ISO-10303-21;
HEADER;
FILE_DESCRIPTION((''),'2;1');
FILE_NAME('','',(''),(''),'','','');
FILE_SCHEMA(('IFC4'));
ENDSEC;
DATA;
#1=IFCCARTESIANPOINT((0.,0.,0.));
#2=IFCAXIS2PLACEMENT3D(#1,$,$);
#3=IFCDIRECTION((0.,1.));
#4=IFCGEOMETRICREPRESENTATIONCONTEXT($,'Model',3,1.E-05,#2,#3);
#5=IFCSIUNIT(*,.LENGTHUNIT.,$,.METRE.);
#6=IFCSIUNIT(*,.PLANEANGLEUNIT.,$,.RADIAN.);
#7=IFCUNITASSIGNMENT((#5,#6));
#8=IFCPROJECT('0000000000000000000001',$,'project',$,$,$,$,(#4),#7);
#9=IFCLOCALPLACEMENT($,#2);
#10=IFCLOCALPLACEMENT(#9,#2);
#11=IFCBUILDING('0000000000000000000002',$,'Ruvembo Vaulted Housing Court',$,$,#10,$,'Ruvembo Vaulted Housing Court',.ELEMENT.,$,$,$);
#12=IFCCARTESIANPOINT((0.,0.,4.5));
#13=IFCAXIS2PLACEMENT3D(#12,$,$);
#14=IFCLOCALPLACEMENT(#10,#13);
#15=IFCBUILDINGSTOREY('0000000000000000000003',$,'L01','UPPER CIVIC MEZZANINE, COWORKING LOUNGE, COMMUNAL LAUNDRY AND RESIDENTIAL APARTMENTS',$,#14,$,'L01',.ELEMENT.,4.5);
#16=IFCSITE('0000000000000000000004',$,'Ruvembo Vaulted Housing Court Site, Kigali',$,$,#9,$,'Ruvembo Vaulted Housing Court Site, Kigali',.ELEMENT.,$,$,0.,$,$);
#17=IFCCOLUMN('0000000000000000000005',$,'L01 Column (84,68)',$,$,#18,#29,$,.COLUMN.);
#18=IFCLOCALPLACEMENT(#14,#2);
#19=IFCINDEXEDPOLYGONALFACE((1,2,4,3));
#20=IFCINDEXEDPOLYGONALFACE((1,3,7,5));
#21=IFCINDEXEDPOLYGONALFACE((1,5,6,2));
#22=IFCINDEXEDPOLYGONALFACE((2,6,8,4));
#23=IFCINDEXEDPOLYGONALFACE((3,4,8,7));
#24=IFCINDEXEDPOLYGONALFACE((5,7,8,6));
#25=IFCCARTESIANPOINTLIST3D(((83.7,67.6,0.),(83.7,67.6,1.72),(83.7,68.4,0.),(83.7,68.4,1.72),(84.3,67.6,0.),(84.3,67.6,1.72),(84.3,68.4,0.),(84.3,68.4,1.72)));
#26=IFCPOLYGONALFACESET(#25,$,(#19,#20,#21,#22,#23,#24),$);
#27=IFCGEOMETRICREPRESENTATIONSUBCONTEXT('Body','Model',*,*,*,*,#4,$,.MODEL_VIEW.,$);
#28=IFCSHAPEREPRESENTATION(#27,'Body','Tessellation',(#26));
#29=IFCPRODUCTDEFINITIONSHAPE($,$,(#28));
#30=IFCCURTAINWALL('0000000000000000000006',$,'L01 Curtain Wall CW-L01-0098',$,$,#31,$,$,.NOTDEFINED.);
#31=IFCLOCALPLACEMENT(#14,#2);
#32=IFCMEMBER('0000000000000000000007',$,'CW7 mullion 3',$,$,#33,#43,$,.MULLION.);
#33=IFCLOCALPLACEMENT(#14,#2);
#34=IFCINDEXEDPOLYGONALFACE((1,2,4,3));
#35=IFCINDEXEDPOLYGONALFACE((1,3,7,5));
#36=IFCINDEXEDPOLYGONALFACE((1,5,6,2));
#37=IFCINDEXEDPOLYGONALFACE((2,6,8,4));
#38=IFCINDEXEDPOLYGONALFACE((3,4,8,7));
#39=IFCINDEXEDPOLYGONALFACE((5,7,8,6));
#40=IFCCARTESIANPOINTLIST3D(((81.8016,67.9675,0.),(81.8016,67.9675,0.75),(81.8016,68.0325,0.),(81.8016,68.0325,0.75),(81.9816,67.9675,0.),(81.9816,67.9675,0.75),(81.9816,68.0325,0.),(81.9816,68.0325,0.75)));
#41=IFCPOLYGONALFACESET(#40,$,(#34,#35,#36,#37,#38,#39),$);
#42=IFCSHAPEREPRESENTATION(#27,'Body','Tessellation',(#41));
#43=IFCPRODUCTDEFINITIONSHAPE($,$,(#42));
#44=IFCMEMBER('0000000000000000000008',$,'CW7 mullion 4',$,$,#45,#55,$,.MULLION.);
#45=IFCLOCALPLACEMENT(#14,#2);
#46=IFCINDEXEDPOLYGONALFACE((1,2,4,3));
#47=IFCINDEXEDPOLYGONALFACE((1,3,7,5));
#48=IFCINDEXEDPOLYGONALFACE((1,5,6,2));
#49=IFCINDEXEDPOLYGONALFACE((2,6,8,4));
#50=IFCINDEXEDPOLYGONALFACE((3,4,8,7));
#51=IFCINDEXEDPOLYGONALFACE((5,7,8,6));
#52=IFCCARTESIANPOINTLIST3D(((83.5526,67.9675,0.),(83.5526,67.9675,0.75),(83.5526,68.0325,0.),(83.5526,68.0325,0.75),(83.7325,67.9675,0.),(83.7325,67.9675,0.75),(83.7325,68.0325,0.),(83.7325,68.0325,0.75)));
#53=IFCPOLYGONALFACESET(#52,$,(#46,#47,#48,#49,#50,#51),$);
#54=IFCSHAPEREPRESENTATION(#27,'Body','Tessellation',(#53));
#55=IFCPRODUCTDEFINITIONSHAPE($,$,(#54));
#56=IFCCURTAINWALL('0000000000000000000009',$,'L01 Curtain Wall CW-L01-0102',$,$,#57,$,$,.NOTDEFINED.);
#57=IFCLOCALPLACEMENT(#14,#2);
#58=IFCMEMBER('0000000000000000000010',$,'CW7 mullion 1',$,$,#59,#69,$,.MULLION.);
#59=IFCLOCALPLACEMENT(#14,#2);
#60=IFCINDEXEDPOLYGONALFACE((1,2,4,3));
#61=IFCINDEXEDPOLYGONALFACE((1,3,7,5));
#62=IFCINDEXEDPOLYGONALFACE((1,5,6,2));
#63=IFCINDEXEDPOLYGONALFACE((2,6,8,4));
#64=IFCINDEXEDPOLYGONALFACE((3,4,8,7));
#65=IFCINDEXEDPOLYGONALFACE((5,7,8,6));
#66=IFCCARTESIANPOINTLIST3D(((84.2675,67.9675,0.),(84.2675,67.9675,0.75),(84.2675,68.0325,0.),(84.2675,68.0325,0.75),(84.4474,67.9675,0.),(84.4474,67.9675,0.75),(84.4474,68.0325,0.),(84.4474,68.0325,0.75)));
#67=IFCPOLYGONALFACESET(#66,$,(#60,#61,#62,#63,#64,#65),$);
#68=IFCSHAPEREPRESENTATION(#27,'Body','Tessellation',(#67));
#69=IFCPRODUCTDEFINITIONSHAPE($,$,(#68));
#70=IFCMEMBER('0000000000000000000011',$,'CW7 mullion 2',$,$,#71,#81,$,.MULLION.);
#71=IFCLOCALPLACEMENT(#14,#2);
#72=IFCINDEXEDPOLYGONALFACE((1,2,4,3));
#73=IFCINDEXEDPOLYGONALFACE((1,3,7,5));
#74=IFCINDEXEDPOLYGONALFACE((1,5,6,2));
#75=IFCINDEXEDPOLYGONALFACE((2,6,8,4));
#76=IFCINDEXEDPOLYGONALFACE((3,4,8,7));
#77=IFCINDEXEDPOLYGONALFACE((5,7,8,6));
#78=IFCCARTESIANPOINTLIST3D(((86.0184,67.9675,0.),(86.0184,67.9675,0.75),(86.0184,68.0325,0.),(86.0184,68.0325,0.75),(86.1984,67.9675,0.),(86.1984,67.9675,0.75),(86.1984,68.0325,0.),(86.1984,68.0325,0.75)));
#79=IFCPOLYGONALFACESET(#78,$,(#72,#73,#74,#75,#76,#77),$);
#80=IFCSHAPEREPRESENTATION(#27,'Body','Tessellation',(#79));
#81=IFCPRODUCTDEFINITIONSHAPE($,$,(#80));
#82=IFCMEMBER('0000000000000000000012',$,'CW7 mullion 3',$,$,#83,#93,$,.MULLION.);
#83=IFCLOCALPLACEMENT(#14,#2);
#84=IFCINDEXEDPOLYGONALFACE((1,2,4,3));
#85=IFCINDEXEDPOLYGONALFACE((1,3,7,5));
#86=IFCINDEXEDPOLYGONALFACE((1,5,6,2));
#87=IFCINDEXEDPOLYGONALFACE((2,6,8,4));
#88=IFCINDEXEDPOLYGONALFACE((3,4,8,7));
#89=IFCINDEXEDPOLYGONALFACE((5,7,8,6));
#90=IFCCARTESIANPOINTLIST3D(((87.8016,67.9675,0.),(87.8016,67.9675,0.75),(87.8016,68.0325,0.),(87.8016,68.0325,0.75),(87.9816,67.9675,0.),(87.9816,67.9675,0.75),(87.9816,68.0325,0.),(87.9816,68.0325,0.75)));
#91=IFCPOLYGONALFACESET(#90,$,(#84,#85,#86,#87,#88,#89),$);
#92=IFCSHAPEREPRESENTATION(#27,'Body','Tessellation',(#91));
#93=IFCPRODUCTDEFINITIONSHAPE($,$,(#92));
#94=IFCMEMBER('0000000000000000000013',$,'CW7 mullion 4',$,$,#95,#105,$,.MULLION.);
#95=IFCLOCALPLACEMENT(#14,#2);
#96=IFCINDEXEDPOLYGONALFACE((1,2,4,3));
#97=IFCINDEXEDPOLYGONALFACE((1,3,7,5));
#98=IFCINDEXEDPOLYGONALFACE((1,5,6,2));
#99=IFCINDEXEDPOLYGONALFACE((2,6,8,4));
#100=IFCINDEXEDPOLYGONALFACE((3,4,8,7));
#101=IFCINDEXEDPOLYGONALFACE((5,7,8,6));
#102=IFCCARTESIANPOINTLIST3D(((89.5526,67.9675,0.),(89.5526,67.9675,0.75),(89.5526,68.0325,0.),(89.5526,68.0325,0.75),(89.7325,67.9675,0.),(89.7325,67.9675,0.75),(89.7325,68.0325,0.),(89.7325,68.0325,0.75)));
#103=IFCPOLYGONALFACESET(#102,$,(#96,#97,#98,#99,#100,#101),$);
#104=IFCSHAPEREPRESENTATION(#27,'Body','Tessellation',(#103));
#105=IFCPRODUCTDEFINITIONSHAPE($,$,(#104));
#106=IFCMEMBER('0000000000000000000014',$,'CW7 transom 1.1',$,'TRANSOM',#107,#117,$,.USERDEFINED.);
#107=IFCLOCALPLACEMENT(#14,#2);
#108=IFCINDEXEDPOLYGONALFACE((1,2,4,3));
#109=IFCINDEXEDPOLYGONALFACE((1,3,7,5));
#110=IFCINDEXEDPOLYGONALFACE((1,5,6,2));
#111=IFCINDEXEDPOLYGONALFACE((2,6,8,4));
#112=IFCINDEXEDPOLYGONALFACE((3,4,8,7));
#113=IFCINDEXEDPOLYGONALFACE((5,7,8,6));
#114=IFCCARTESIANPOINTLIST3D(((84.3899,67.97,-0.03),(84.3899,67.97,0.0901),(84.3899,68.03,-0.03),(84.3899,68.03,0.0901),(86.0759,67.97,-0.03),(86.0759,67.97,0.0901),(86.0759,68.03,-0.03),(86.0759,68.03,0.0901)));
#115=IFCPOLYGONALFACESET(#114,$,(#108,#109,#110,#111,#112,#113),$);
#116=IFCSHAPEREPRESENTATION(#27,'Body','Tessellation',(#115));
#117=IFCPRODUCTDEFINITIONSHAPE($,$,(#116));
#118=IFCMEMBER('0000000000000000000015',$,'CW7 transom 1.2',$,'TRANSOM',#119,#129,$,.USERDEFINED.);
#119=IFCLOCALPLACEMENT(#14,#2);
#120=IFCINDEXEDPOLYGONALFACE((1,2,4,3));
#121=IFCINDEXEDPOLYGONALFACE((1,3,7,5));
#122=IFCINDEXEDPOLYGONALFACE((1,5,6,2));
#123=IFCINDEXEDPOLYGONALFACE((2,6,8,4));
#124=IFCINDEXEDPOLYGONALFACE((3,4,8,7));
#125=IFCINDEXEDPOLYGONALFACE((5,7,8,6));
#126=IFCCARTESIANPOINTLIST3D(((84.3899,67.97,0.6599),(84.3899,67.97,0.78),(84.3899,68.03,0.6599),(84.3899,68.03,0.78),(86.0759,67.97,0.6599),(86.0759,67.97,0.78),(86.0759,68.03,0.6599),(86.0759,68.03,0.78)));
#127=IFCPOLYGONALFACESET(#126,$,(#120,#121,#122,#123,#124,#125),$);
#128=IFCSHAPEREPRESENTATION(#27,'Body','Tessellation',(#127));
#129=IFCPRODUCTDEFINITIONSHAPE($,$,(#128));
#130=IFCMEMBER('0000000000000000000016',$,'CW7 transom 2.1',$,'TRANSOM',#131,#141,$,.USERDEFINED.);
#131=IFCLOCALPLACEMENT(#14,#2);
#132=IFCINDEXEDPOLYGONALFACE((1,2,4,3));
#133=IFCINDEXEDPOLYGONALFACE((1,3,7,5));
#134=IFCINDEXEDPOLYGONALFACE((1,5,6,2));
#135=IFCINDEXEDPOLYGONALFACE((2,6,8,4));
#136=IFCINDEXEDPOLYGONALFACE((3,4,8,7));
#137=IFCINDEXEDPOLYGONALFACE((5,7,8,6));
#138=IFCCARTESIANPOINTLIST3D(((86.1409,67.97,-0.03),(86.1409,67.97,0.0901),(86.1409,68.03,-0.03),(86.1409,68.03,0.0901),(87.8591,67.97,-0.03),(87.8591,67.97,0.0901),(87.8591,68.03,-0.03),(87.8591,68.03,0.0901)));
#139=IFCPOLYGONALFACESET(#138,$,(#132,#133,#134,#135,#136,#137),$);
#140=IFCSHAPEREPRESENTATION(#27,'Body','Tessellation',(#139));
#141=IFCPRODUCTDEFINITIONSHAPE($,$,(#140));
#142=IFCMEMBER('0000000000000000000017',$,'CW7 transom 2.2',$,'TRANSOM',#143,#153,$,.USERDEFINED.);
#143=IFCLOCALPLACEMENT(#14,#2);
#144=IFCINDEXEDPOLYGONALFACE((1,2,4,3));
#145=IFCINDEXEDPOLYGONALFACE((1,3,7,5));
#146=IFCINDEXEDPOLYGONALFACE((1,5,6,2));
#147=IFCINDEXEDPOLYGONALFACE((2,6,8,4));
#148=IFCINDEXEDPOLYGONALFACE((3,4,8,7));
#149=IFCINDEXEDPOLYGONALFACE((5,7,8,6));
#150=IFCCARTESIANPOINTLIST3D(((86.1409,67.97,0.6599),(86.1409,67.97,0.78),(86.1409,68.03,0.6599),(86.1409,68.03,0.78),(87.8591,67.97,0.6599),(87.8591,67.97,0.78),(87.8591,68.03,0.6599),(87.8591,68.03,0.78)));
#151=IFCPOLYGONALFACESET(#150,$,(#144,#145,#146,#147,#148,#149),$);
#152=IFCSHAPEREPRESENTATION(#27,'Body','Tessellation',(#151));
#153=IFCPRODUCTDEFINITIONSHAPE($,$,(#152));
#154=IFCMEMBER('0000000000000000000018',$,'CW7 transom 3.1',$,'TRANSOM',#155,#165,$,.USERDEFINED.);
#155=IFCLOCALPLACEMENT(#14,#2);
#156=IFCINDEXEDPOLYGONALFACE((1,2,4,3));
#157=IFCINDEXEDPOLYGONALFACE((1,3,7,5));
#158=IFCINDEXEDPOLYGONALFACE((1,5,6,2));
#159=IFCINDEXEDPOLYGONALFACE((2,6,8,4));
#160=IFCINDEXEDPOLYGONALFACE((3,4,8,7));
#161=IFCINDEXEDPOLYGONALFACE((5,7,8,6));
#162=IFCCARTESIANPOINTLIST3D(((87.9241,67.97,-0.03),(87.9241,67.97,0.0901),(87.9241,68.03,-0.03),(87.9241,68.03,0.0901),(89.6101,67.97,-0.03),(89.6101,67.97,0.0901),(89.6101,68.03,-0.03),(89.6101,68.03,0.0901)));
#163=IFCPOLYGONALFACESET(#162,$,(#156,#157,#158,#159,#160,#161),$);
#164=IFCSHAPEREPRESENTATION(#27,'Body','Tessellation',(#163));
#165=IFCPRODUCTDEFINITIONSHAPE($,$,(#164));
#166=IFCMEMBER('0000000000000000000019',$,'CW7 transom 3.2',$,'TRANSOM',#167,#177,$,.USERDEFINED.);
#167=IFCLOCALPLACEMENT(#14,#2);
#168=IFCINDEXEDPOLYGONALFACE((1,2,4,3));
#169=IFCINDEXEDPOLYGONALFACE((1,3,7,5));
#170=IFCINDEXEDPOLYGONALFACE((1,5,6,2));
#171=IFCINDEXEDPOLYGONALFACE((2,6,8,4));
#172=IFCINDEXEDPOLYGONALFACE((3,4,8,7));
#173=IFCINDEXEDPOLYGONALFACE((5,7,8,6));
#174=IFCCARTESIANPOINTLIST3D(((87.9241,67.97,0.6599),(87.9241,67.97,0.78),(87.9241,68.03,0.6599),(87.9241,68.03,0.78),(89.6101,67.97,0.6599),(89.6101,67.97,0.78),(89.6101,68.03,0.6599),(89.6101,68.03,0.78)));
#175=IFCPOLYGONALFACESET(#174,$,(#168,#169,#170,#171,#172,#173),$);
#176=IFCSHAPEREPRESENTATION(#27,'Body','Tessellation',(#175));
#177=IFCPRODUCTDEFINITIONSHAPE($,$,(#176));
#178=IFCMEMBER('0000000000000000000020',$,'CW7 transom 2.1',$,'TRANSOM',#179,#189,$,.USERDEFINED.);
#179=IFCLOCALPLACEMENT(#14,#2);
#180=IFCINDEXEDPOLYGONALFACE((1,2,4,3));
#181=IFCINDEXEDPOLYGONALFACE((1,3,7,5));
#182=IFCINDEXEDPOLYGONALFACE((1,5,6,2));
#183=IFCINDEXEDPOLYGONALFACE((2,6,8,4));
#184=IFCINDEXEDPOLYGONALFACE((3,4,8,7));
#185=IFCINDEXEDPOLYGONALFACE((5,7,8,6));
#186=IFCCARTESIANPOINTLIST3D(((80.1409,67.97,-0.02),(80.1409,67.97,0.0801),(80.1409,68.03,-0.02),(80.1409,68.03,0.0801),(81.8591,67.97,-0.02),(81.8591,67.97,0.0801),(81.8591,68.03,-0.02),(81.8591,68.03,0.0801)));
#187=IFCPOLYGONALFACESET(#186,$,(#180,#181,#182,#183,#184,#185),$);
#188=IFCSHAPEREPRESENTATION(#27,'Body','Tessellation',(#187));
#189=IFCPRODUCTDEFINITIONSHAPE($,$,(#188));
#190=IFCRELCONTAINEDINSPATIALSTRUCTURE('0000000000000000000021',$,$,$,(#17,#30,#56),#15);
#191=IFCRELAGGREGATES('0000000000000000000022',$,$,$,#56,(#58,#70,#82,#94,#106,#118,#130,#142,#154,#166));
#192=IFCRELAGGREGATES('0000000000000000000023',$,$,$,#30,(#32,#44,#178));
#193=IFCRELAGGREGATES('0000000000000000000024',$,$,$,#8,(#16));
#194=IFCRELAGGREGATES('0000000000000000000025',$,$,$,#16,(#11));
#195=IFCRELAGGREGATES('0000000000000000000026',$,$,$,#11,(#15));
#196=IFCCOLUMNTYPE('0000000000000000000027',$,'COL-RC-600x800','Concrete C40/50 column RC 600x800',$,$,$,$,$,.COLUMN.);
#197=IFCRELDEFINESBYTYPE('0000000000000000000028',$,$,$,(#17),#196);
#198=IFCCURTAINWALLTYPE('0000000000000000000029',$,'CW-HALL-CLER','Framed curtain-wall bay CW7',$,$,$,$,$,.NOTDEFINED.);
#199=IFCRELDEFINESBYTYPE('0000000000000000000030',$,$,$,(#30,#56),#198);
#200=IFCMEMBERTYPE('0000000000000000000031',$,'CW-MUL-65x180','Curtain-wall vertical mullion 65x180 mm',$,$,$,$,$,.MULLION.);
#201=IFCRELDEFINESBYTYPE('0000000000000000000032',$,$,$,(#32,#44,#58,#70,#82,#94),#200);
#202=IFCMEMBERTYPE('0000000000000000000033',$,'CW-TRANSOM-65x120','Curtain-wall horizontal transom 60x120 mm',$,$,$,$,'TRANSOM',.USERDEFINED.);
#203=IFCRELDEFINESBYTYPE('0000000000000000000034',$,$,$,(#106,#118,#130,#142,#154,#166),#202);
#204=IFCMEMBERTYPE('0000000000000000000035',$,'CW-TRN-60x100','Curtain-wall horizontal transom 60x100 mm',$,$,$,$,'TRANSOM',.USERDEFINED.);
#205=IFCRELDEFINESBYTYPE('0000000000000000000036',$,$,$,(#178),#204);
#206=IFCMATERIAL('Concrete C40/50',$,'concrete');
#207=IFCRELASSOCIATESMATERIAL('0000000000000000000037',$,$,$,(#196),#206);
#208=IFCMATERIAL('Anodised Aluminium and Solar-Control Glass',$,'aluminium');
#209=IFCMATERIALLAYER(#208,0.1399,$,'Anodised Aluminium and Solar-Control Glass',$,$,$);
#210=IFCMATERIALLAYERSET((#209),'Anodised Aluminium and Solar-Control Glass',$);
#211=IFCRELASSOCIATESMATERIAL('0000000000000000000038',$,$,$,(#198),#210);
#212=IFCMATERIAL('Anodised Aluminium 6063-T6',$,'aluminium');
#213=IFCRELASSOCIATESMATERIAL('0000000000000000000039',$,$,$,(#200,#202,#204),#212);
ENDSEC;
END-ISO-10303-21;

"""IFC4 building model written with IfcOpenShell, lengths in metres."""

from ifc_helpers import new_model, si_unit, direction, frame, origin, origin_2d, place, context, subcontext, project, spatial, rectangle, extrude, material, layer, layer_set, material_profile, profile_set, type_object, element, aggregate, save


model = new_model("IFC4")

# Units and contexts
model_context = context("Model", 3, precision=1e-05, world=origin(), true_north=direction((0.0, 1.0)))
body_context = subcontext(model_context, "Body", "Model", "MODEL_VIEW")
ifc_project = project(units=[si_unit("LENGTHUNIT", "METRE"), si_unit("PLANEANGLEUNIT", "RADIAN")], contexts=[model_context])

# Site, building, storey
site_placement = place(None, origin())
site = spatial("IfcSite", under=ifc_project, at=site_placement, Name="Ruvembo Vaulted Housing Court Site, Kigali", LongName="Ruvembo Vaulted Housing Court Site, Kigali", CompositionType="ELEMENT", RefElevation=0.0)
building_placement = place(site_placement, origin())
building = spatial("IfcBuilding", under=site, at=building_placement, Name="Ruvembo Vaulted Housing Court", LongName="Ruvembo Vaulted Housing Court", CompositionType="ELEMENT")
storey_placement = place(building_placement, frame((0.0, 0.0, 4.5)))
storey = spatial("IfcBuildingStorey", under=building, at=storey_placement, Name="L01", Description="UPPER CIVIC MEZZANINE, COWORKING LOUNGE, COMMUNAL LAUNDRY AND RESIDENTIAL APARTMENTS", LongName="L01", CompositionType="ELEMENT", Elevation=4.5)

# Column
ifc_material_1 = material(Name="Concrete C40/50", Category="concrete")
ifc_material_profile_1 = material_profile(ifc_material_1, rectangle(XDim=0.6001, YDim=0.8, at=origin_2d()), Name="RC 600x800")
ifc_profile_set_1 = profile_set([ifc_material_profile_1], Name="Concrete C40/50")
column_type = type_object("IfcColumnType", Name="COL-RC-600x800", Description="Concrete C40/50 column RC 600x800", PredefinedType="COLUMN", material=ifc_profile_set_1)
column_placement = place(storey_placement, frame((84.0, 68.0, 0.0), z_axis=(0.0, 0.0, 1.0), x_axis=(1.0, 0.0, 0.0)))
element("IfcColumn", 1, at=column_placement, inside=storey, type_object=column_type, Name="L01 Column (84,68)", PredefinedType="COLUMN", context=body_context, shape_type="SweptSolid", body=[
    extrude(rectangle(XDim=0.6001, YDim=0.8, at=origin_2d()), origin(), (0.0, 0.0, 1.0), 1.72),
])

# Curtain walls, members
ifc_material_2 = material(Name="Anodised Aluminium and Solar-Control Glass", Category="aluminium")
ifc_layer_1 = layer(ifc_material_2, 0.1399, Name="Anodised Aluminium and Solar-Control Glass")
ifc_layer_set_1 = layer_set([ifc_layer_1], Name="Anodised Aluminium and Solar-Control Glass")
curtain_wall_type = type_object("IfcCurtainWallType", Name="CW-HALL-CLER", Description="Framed curtain-wall bay CW7", PredefinedType="NOTDEFINED", material=ifc_layer_set_1)
curtain_wall_1_placement = place(storey_placement, origin())
curtain_wall_1 = element("IfcCurtainWall", 2, at=curtain_wall_1_placement, inside=storey, type_object=curtain_wall_type, Name="L01 Curtain Wall CW-L01-0098", PredefinedType="NOTDEFINED")
ifc_material_3 = material(Name="Anodised Aluminium 6063-T6", Category="aluminium")
ifc_material_profile_2 = material_profile(ifc_material_3, rectangle(XDim=0.0649, YDim=0.1799, at=origin_2d()), Name="ALU 65x180")
ifc_profile_set_2 = profile_set([ifc_material_profile_2], Name="Anodised Aluminium 6063-T6")
member_type_1 = type_object("IfcMemberType", Name="CW-MUL-65x180", Description="Curtain-wall vertical mullion 65x180 mm", PredefinedType="MULLION", material=ifc_profile_set_2)
member_1_placement = place(storey_placement, frame((81.8916, 68.0, 0.0), z_axis=(0.0, 0.0, 1.0), x_axis=(0.0, 1.0, 0.0)))
member_1 = element("IfcMember", 3, at=member_1_placement, type_object=member_type_1, Name="CW7 mullion 3", PredefinedType="MULLION", context=body_context, shape_type="SweptSolid", body=[
    extrude(rectangle(XDim=0.0649, YDim=0.1799, at=origin_2d()), origin(), (0.0, 0.0, 1.0), 0.75),
])
member_2_placement = place(storey_placement, frame((83.6426, 68.0, 0.0), z_axis=(0.0, 0.0, 1.0), x_axis=(0.0, 1.0, 0.0)))
member_2 = element("IfcMember", 4, at=member_2_placement, type_object=member_type_1, Name="CW7 mullion 4", PredefinedType="MULLION", context=body_context, shape_type="SweptSolid", body=[
    extrude(rectangle(XDim=0.0649, YDim=0.1799, at=origin_2d()), origin(), (0.0, 0.0, 1.0), 0.75),
])
curtain_wall_2_placement = place(storey_placement, origin())
curtain_wall_2 = element("IfcCurtainWall", 5, at=curtain_wall_2_placement, inside=storey, type_object=curtain_wall_type, Name="L01 Curtain Wall CW-L01-0102", PredefinedType="NOTDEFINED")
member_3_placement = place(storey_placement, frame((84.3574, 68.0, 0.0), z_axis=(0.0, 0.0, 1.0), x_axis=(0.0, 1.0, 0.0)))
member_3 = element("IfcMember", 6, at=member_3_placement, type_object=member_type_1, Name="CW7 mullion 1", PredefinedType="MULLION", context=body_context, shape_type="SweptSolid", body=[
    extrude(rectangle(XDim=0.0649, YDim=0.1799, at=origin_2d()), origin(), (0.0, 0.0, 1.0), 0.75),
])
member_4_placement = place(storey_placement, frame((86.1084, 68.0, 0.0), z_axis=(0.0, 0.0, 1.0), x_axis=(0.0, 1.0, 0.0)))
member_4 = element("IfcMember", 7, at=member_4_placement, type_object=member_type_1, Name="CW7 mullion 2", PredefinedType="MULLION", context=body_context, shape_type="SweptSolid", body=[
    extrude(rectangle(XDim=0.0649, YDim=0.1799, at=origin_2d()), origin(), (0.0, 0.0, 1.0), 0.75),
])
member_5_placement = place(storey_placement, frame((87.8916, 68.0, 0.0), z_axis=(0.0, 0.0, 1.0), x_axis=(0.0, 1.0, 0.0)))
member_5 = element("IfcMember", 8, at=member_5_placement, type_object=member_type_1, Name="CW7 mullion 3", PredefinedType="MULLION", context=body_context, shape_type="SweptSolid", body=[
    extrude(rectangle(XDim=0.0649, YDim=0.1799, at=origin_2d()), origin(), (0.0, 0.0, 1.0), 0.75),
])
member_6_placement = place(storey_placement, frame((89.6426, 68.0, 0.0), z_axis=(0.0, 0.0, 1.0), x_axis=(0.0, 1.0, 0.0)))
member_6 = element("IfcMember", 9, at=member_6_placement, type_object=member_type_1, Name="CW7 mullion 4", PredefinedType="MULLION", context=body_context, shape_type="SweptSolid", body=[
    extrude(rectangle(XDim=0.0649, YDim=0.1799, at=origin_2d()), origin(), (0.0, 0.0, 1.0), 0.75),
])
ifc_material_profile_3 = material_profile(ifc_material_3, rectangle(XDim=0.0601, YDim=0.1201, at=origin_2d()), Name="ALU 60x120")
ifc_profile_set_3 = profile_set([ifc_material_profile_3], Name="Anodised Aluminium 6063-T6")
member_type_2 = type_object("IfcMemberType", Name="CW-TRANSOM-65x120", Description="Curtain-wall horizontal transom 60x120 mm", ElementType="TRANSOM", PredefinedType="USERDEFINED", material=ifc_profile_set_3)
member_7_placement = place(storey_placement, frame((84.3899, 68.0, 0.03), z_axis=(1.0, 0.0, 0.0), x_axis=(0.0, 1.0, 0.0)))
member_7 = element("IfcMember", 10, at=member_7_placement, type_object=member_type_2, Name="CW7 transom 1.1", ObjectType="TRANSOM", PredefinedType="USERDEFINED", context=body_context, shape_type="SweptSolid", body=[
    extrude(rectangle(XDim=0.0601, YDim=0.1201, at=origin_2d()), origin(), (0.0, 0.0, 1.0), 1.686),
])
member_8_placement = place(storey_placement, frame((84.3899, 68.0, 0.72), z_axis=(1.0, 0.0, 0.0), x_axis=(0.0, 1.0, 0.0)))
member_8 = element("IfcMember", 11, at=member_8_placement, type_object=member_type_2, Name="CW7 transom 1.2", ObjectType="TRANSOM", PredefinedType="USERDEFINED", context=body_context, shape_type="SweptSolid", body=[
    extrude(rectangle(XDim=0.0601, YDim=0.1201, at=origin_2d()), origin(), (0.0, 0.0, 1.0), 1.686),
])
member_9_placement = place(storey_placement, frame((86.1409, 68.0, 0.03), z_axis=(1.0, 0.0, 0.0), x_axis=(0.0, 1.0, 0.0)))
member_9 = element("IfcMember", 12, at=member_9_placement, type_object=member_type_2, Name="CW7 transom 2.1", ObjectType="TRANSOM", PredefinedType="USERDEFINED", context=body_context, shape_type="SweptSolid", body=[
    extrude(rectangle(XDim=0.0601, YDim=0.1201, at=origin_2d()), origin(), (0.0, 0.0, 1.0), 1.7183),
])
member_10_placement = place(storey_placement, frame((86.1409, 68.0, 0.72), z_axis=(1.0, 0.0, 0.0), x_axis=(0.0, 1.0, 0.0)))
member_10 = element("IfcMember", 13, at=member_10_placement, type_object=member_type_2, Name="CW7 transom 2.2", ObjectType="TRANSOM", PredefinedType="USERDEFINED", context=body_context, shape_type="SweptSolid", body=[
    extrude(rectangle(XDim=0.0601, YDim=0.1201, at=origin_2d()), origin(), (0.0, 0.0, 1.0), 1.7183),
])
member_11_placement = place(storey_placement, frame((87.9241, 68.0, 0.03), z_axis=(1.0, 0.0, 0.0), x_axis=(0.0, 1.0, 0.0)))
member_11 = element("IfcMember", 14, at=member_11_placement, type_object=member_type_2, Name="CW7 transom 3.1", ObjectType="TRANSOM", PredefinedType="USERDEFINED", context=body_context, shape_type="SweptSolid", body=[
    extrude(rectangle(XDim=0.0601, YDim=0.1201, at=origin_2d()), origin(), (0.0, 0.0, 1.0), 1.686),
])
member_12_placement = place(storey_placement, frame((87.9241, 68.0, 0.72), z_axis=(1.0, 0.0, 0.0), x_axis=(0.0, 1.0, 0.0)))
member_12 = element("IfcMember", 15, at=member_12_placement, type_object=member_type_2, Name="CW7 transom 3.2", ObjectType="TRANSOM", PredefinedType="USERDEFINED", context=body_context, shape_type="SweptSolid", body=[
    extrude(rectangle(XDim=0.0601, YDim=0.1201, at=origin_2d()), origin(), (0.0, 0.0, 1.0), 1.686),
])

# Member
ifc_material_profile_4 = material_profile(ifc_material_3, rectangle(XDim=0.0601, YDim=0.1001, at=origin_2d()), Name="ALU 60x100")
ifc_profile_set_4 = profile_set([ifc_material_profile_4], Name="Anodised Aluminium 6063-T6")
member_type_3 = type_object("IfcMemberType", Name="CW-TRN-60x100", Description="Curtain-wall horizontal transom 60x100 mm", ElementType="TRANSOM", PredefinedType="USERDEFINED", material=ifc_profile_set_4)
member_13_placement = place(storey_placement, frame((80.1409, 68.0, 0.03), z_axis=(1.0, 0.0, 0.0), x_axis=(0.0, 1.0, 0.0)))
member_13 = element("IfcMember", 16, at=member_13_placement, type_object=member_type_3, Name="CW7 transom 2.1", ObjectType="TRANSOM", PredefinedType="USERDEFINED", context=body_context, shape_type="SweptSolid", body=[
    extrude(rectangle(XDim=0.0601, YDim=0.1001, at=origin_2d()), origin(), (0.0, 0.0, 1.0), 1.7183),
])

aggregate(curtain_wall_2, [member_3, member_4, member_5, member_6, member_7, member_8, member_9, member_10, member_11, member_12])
aggregate(curtain_wall_1, [member_1, member_2, member_13])

save(model, "model.ifc")
